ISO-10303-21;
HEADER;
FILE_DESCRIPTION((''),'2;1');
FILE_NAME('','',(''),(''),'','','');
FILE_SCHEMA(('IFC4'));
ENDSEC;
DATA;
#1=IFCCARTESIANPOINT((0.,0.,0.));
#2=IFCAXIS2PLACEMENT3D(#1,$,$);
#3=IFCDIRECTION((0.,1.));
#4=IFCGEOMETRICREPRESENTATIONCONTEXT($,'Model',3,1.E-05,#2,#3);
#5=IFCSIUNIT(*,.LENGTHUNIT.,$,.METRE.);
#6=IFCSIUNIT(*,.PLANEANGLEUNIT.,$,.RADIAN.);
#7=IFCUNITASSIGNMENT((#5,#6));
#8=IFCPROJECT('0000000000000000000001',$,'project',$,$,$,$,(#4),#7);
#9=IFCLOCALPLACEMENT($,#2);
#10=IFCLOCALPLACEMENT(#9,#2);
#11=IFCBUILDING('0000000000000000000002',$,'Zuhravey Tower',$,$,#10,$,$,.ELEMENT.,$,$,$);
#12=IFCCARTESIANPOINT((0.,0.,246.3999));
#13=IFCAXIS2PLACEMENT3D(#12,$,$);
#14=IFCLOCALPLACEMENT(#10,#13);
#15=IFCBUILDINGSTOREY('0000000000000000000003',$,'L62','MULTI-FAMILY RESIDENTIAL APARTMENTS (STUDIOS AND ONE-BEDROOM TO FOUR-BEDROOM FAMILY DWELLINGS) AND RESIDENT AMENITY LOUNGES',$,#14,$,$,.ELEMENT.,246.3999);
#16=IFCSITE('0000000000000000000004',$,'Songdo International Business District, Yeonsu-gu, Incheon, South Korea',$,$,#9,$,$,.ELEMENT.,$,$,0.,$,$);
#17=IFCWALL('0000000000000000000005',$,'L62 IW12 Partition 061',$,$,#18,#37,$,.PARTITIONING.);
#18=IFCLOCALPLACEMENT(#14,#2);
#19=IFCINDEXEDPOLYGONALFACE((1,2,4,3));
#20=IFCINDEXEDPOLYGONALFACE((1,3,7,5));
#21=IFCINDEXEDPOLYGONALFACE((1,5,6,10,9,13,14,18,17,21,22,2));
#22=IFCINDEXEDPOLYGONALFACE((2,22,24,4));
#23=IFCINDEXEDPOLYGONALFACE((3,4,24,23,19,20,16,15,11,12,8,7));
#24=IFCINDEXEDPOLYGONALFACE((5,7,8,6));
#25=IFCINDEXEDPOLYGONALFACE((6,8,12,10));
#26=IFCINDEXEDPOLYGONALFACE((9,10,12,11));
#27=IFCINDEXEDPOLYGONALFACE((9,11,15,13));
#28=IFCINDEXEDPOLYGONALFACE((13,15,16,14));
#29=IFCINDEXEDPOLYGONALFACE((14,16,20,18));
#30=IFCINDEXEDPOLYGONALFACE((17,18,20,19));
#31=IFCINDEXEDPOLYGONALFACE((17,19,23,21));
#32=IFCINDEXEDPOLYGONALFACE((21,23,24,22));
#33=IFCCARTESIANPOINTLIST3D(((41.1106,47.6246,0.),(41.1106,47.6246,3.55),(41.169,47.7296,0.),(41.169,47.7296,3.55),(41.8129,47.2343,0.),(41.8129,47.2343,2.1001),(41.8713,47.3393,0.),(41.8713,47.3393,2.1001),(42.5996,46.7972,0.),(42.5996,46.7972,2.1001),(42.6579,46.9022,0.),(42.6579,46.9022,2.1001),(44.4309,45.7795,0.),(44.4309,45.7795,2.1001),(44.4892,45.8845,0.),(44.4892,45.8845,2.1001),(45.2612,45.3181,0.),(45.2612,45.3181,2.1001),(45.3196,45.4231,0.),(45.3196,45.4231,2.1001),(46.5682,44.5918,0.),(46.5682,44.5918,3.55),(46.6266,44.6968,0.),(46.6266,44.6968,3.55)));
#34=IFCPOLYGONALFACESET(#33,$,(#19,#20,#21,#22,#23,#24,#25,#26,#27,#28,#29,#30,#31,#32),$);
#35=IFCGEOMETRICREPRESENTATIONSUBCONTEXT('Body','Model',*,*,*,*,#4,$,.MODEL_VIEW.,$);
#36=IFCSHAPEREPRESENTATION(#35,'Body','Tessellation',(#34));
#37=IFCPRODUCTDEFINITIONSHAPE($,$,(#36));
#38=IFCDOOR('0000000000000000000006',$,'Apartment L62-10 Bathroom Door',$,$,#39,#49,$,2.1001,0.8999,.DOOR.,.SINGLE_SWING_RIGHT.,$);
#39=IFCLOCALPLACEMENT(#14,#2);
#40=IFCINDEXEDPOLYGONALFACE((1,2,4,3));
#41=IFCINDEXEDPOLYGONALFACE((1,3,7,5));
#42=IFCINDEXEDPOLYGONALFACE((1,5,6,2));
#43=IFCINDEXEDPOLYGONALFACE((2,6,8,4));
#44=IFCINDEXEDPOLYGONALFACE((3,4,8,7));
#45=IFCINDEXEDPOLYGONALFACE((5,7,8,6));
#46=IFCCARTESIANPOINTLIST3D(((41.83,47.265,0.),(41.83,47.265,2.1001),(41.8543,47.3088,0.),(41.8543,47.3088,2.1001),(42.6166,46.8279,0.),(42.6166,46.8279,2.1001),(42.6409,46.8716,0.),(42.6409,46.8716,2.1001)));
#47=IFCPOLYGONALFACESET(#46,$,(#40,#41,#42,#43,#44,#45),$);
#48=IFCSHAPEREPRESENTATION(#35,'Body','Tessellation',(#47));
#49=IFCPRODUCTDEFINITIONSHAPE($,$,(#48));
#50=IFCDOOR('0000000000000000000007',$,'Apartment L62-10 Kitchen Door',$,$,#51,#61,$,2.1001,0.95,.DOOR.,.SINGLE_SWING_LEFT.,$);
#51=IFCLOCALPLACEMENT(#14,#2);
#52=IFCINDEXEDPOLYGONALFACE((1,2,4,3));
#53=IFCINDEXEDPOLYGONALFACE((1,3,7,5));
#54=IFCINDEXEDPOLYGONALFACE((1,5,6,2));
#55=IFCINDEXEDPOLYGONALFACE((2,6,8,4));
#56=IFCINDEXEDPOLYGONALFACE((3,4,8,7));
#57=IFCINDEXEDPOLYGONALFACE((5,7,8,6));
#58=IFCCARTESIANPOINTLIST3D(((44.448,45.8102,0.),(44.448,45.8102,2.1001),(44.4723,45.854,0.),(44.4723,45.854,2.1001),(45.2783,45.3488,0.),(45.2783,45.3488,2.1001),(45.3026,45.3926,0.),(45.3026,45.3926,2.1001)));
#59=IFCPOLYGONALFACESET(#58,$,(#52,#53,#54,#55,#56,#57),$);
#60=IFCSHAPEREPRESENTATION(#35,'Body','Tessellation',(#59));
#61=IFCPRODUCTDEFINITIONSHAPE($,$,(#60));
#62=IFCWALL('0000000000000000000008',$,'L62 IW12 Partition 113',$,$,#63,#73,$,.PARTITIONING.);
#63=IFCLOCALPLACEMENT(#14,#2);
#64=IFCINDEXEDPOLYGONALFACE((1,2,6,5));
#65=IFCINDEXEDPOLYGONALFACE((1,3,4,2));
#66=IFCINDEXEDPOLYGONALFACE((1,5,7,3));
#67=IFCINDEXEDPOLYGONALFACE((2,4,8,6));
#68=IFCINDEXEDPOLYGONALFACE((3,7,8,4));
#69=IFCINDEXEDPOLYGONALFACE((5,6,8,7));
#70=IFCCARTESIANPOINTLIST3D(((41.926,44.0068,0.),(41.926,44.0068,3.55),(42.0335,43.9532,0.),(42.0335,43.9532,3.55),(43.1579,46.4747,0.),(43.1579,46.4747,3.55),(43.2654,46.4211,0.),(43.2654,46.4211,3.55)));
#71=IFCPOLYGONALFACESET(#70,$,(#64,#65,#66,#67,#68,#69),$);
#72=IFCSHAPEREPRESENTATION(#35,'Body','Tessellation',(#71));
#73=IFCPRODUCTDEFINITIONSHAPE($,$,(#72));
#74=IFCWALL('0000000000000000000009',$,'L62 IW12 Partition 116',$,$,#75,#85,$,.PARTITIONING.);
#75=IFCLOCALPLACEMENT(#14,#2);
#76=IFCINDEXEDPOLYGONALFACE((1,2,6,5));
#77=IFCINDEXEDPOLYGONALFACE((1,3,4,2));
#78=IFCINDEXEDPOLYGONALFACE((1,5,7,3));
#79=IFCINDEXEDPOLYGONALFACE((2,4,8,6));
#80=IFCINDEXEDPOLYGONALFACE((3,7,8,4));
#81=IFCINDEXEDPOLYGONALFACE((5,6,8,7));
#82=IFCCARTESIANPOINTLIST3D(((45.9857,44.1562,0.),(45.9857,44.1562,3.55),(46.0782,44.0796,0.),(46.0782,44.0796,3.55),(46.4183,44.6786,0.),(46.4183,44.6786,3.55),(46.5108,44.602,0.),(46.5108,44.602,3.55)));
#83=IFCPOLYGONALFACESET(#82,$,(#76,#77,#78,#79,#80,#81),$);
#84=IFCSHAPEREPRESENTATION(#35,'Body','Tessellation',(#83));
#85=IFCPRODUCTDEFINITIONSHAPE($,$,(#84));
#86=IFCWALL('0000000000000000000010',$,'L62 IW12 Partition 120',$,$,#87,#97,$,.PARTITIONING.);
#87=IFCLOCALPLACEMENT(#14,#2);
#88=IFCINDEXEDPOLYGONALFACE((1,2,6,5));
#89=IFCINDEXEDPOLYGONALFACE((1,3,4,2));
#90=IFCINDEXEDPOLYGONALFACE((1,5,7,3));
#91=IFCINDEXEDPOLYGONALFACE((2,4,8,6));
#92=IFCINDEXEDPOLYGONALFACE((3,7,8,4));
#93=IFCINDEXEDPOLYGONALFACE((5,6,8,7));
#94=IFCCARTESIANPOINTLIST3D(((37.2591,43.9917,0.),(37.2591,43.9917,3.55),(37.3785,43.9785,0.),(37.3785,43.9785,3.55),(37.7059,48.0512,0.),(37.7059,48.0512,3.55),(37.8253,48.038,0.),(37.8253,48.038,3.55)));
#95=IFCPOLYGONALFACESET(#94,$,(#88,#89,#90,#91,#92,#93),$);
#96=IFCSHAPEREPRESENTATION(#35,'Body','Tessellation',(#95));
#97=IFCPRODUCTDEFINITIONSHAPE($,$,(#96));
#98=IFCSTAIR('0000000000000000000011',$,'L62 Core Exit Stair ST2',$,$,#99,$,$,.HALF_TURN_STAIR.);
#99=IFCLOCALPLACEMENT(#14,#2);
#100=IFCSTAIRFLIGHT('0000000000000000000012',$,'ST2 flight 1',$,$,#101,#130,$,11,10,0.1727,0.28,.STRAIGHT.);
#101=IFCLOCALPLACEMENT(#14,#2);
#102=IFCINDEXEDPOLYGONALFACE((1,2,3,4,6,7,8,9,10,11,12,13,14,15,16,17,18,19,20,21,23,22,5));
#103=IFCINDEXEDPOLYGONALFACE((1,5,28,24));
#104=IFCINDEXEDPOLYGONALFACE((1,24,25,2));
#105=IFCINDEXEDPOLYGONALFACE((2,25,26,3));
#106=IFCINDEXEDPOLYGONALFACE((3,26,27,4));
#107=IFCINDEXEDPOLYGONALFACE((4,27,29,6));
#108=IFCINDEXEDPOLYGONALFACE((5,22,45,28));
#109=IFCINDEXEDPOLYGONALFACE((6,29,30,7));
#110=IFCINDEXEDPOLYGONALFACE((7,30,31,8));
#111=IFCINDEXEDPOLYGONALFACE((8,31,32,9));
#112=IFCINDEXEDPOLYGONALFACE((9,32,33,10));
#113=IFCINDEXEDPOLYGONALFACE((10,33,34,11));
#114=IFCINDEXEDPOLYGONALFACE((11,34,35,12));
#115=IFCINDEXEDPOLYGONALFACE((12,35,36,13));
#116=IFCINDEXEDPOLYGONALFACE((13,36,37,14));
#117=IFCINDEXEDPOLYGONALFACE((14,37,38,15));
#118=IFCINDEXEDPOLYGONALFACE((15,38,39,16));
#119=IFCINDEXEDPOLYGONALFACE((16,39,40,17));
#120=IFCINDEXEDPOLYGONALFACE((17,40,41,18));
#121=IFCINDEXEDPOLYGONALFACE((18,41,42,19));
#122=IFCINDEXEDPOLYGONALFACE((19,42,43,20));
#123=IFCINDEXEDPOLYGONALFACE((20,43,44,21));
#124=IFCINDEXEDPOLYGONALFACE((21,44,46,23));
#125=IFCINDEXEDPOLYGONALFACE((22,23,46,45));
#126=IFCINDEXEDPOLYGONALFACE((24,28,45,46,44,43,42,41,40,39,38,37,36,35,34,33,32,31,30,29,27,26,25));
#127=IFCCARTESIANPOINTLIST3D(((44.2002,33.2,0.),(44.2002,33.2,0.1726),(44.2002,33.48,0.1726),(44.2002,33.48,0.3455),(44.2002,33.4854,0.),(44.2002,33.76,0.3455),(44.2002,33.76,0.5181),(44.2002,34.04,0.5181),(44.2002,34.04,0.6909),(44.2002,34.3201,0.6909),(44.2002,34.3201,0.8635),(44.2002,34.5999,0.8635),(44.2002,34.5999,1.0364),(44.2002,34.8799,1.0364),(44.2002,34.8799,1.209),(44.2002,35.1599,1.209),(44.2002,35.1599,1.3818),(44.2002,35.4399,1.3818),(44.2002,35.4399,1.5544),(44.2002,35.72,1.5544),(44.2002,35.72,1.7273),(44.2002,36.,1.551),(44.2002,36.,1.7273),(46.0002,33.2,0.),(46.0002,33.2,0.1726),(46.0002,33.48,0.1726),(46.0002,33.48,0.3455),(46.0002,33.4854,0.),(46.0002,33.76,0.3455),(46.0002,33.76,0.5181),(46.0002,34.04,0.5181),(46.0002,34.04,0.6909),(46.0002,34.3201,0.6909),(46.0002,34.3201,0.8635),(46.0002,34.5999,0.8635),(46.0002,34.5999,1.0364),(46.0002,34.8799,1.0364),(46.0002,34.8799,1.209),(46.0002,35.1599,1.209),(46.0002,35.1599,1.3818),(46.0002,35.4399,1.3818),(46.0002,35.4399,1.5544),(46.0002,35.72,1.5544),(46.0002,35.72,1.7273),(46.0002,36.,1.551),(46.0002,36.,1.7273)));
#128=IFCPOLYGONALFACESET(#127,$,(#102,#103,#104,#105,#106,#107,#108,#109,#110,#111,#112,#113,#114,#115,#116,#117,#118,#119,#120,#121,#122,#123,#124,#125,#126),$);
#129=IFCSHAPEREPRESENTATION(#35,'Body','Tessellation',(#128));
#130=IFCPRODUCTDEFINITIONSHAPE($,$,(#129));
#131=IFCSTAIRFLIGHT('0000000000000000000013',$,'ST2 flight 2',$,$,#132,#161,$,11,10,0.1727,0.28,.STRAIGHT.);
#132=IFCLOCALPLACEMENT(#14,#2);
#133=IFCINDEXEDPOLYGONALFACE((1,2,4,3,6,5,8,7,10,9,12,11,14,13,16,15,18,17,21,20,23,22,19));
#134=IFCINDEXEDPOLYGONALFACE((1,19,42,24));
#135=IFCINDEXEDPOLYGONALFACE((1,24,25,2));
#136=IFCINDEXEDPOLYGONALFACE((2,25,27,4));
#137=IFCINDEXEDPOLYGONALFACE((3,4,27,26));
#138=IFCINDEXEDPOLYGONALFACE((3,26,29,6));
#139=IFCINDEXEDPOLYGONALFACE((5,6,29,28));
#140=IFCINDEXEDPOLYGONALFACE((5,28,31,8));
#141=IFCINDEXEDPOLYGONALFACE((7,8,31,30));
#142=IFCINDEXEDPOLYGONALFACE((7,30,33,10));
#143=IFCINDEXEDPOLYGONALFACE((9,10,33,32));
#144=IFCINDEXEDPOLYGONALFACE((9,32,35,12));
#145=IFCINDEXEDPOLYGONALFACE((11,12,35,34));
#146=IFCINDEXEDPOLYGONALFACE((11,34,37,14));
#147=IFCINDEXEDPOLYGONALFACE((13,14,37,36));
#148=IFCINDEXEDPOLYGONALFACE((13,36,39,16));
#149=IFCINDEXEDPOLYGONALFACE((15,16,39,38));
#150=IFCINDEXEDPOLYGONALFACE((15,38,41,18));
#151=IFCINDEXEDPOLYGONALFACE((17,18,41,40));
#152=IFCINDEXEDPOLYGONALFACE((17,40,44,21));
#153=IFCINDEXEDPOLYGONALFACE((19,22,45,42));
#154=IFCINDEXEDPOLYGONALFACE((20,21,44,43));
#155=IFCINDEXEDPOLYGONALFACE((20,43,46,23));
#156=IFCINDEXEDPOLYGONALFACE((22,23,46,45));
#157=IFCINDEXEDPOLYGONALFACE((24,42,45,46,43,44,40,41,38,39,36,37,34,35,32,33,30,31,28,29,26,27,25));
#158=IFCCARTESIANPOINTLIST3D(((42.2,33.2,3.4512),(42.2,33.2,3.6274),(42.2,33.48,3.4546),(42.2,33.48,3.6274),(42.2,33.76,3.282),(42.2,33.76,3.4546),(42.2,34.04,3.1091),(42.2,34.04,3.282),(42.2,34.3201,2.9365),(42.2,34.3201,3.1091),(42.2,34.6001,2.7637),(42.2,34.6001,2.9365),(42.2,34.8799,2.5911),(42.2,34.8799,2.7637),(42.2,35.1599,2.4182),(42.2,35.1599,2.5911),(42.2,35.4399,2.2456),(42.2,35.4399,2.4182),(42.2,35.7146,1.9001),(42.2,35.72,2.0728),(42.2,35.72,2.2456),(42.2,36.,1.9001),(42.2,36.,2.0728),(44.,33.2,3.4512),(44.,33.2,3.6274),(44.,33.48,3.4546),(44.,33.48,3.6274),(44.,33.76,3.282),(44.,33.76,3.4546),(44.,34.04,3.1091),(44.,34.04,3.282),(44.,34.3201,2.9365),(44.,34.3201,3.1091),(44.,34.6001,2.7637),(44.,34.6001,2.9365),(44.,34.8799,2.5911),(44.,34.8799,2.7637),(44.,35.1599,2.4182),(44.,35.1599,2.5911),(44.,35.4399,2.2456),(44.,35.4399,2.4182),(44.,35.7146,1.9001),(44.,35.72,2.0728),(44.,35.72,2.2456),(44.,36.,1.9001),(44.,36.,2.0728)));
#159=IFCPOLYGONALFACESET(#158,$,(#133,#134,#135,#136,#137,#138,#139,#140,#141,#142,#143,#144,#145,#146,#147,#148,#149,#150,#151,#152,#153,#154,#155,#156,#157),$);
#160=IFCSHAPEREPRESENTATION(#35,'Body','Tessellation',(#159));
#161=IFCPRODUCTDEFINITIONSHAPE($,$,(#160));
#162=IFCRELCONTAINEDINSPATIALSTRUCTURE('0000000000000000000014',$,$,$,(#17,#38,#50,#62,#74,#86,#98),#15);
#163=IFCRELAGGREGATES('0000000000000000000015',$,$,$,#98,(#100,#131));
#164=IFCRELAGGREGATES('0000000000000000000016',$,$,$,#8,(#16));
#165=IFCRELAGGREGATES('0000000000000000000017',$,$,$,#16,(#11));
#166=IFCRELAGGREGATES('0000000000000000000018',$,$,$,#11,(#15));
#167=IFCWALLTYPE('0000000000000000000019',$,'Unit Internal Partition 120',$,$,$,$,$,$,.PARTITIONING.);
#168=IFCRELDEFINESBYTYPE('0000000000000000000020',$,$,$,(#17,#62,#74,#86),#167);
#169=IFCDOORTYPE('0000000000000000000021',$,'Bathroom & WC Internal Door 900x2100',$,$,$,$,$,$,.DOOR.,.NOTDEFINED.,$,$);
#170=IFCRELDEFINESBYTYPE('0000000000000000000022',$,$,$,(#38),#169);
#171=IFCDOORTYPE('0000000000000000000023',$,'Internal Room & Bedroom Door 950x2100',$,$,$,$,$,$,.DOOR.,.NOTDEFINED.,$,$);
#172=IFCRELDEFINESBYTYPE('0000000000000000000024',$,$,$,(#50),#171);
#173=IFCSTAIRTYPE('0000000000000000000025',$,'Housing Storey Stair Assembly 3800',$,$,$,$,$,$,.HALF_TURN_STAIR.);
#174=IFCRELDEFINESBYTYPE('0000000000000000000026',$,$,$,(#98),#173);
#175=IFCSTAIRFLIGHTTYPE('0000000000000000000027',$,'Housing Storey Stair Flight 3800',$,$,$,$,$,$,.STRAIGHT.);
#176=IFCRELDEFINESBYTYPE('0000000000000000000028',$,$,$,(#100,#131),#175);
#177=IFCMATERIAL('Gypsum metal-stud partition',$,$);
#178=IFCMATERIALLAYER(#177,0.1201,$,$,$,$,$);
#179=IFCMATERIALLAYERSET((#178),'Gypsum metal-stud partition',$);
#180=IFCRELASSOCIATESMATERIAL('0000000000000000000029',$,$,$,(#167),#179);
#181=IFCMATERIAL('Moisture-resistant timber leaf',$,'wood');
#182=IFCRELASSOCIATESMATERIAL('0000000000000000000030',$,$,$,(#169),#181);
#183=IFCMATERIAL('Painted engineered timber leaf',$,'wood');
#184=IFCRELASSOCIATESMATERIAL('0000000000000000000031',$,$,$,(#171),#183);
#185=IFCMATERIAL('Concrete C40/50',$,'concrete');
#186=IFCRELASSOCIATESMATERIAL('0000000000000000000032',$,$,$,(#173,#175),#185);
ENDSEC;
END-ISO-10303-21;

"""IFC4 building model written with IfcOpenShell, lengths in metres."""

from ifc_helpers import new_model, si_unit, direction, frame, frame_2d, origin, place, context, subcontext, project, spatial, polyline, rectangle, outline, extrude, material, layer, layer_set, type_object, element, fill, aggregate, save


model = new_model("IFC4")

# Units and contexts
model_context = context("Model", 3, precision=1e-05, world=origin(), true_north=direction((0.0, 1.0)))
body_context = subcontext(model_context, "Body", "Model", "MODEL_VIEW")
ifc_project = project(units=[si_unit("LENGTHUNIT", "METRE"), si_unit("PLANEANGLEUNIT", "RADIAN")], contexts=[model_context])

# Site, building, storey
site_placement = place(None, origin())
site = spatial("IfcSite", under=ifc_project, at=site_placement, Name="Songdo International Business District, Yeonsu-gu, Incheon, South Korea", CompositionType="ELEMENT", RefElevation=0.0)
building_placement = place(site_placement, origin())
building = spatial("IfcBuilding", under=site, at=building_placement, Name="Zuhravey Tower", CompositionType="ELEMENT")
storey_placement = place(building_placement, frame((0.0, 0.0, 246.3999)))
storey = spatial("IfcBuildingStorey", under=building, at=storey_placement, Name="L62", Description="MULTI-FAMILY RESIDENTIAL APARTMENTS (STUDIOS AND ONE-BEDROOM TO FOUR-BEDROOM FAMILY DWELLINGS) AND RESIDENT AMENITY LOUNGES", CompositionType="ELEMENT", Elevation=246.3999)

# Wall, openings, doors
ifc_material_1 = material(Name="Gypsum metal-stud partition")
ifc_layer_1 = layer(ifc_material_1, 0.1201)
ifc_layer_set_1 = layer_set([ifc_layer_1], Name="Gypsum metal-stud partition")
wall_type_1 = type_object("IfcWallType", Name="Unit Internal Partition 120", PredefinedType="PARTITIONING", material=ifc_layer_set_1)
wall_1_placement = place(storey_placement, frame((46.5974, 44.6443, 0.0), z_axis=(0.0, 0.0, 1.0), x_axis=(-0.874106, 0.485736, 0.0)))
wall_1 = element("IfcWall", 1, at=wall_1_placement, inside=storey, type_object=wall_type_1, Name="L62 IW12 Partition 061", PredefinedType="PARTITIONING", context=body_context, shape_type="SweptSolid", body=[
    extrude(rectangle(XDim=6.2437, YDim=0.1201, at=frame_2d((3.1218, 0.0))), origin(), (0.0, 0.0, 1.0), 3.55),
])
opening_1_placement = place(wall_1_placement, frame((1.4951, 0.0, 0.0)))
opening_1 = element("IfcOpeningElement", 2, at=opening_1_placement, cuts=wall_1, PredefinedType="OPENING", context=body_context, shape_type="SweptSolid", body=[
    extrude(rectangle(XDim=0.95, YDim=2.1001, at=frame_2d((0.4751, 1.05))), frame((0.0, 0.072, 0.0), z_axis=(0.0, -1.0, 0.0), x_axis=(1.0, 0.0, 0.0)), (0.0, 0.0, 1.0), 0.144),
])
opening_2_placement = place(wall_1_placement, frame((4.5403, 0.0, 0.0)))
opening_2 = element("IfcOpeningElement", 3, at=opening_2_placement, cuts=wall_1, PredefinedType="OPENING", context=body_context, shape_type="SweptSolid", body=[
    extrude(rectangle(XDim=0.8999, YDim=2.1001, at=frame_2d((0.45, 1.05))), frame((0.0, 0.072, 0.0), z_axis=(0.0, -1.0, 0.0), x_axis=(1.0, 0.0, 0.0)), (0.0, 0.0, 1.0), 0.144),
])
ifc_material_2 = material(Name="Moisture-resistant timber leaf", Category="wood")
door_type_1 = type_object("IfcDoorType", Name="Bathroom & WC Internal Door 900x2100", OperationType="NOTDEFINED", PredefinedType="DOOR", material=ifc_material_2)
door_1_placement = place(opening_2_placement, origin())
door_1 = element("IfcDoor", 4, at=door_1_placement, inside=storey, type_object=door_type_1, Name="Apartment L62-10 Bathroom Door", OperationType="SINGLE_SWING_RIGHT", OverallHeight=2.1001, OverallWidth=0.8999, PredefinedType="DOOR", context=body_context, shape_type="SweptSolid", body=[
    extrude(rectangle(XDim=0.8999, YDim=2.1001, at=frame_2d((0.45, 1.05))), frame((0.0, 0.0249, 0.0), z_axis=(0.0, -1.0, 0.0), x_axis=(1.0, 0.0, 0.0)), (0.0, 0.0, 1.0), 0.05),
])
fill(opening_2, door_1)
ifc_material_3 = material(Name="Painted engineered timber leaf", Category="wood")
door_type_2 = type_object("IfcDoorType", Name="Internal Room & Bedroom Door 950x2100", OperationType="NOTDEFINED", PredefinedType="DOOR", material=ifc_material_3)
door_2_placement = place(opening_1_placement, origin())
door_2 = element("IfcDoor", 5, at=door_2_placement, inside=storey, type_object=door_type_2, Name="Apartment L62-10 Kitchen Door", OperationType="SINGLE_SWING_LEFT", OverallHeight=2.1001, OverallWidth=0.95, PredefinedType="DOOR", context=body_context, shape_type="SweptSolid", body=[
    extrude(rectangle(XDim=0.95, YDim=2.1001, at=frame_2d((0.4751, 1.05))), frame((0.0, 0.0249, 0.0), z_axis=(0.0, -1.0, 0.0), x_axis=(1.0, 0.0, 0.0)), (0.0, 0.0, 1.0), 0.05),
])
fill(opening_1, door_2)

# Walls
wall_2_placement = place(storey_placement, frame((41.9797, 43.98, 0.0), z_axis=(0.0, 0.0, 1.0), x_axis=(0.446612, 0.894728, 0.0)))
element("IfcWall", 6, at=wall_2_placement, inside=storey, type_object=wall_type_1, Name="L62 IW12 Partition 113", PredefinedType="PARTITIONING", context=body_context, shape_type="SweptSolid", body=[
    extrude(rectangle(XDim=2.7583, YDim=0.1201, at=frame_2d((1.3792, 0.0))), origin(), (0.0, 0.0, 1.0), 3.55),
])
wall_3_placement = place(storey_placement, frame((46.032, 44.1179, 0.0), z_axis=(0.0, 0.0, 1.0), x_axis=(0.637774, 0.770224, 0.0)))
element("IfcWall", 7, at=wall_3_placement, inside=storey, type_object=wall_type_1, Name="L62 IW12 Partition 116", PredefinedType="PARTITIONING", context=body_context, shape_type="SweptSolid", body=[
    extrude(rectangle(XDim=0.6782, YDim=0.1201, at=frame_2d((0.3391, 0.0))), origin(), (0.0, 0.0, 1.0), 3.55),
])
wall_4_placement = place(storey_placement, frame((37.3188, 43.9851, 0.0), z_axis=(0.0, 0.0, 1.0), x_axis=(0.109395, 0.993998, 0.0)))
element("IfcWall", 8, at=wall_4_placement, inside=storey, type_object=wall_type_1, Name="L62 IW12 Partition 120", PredefinedType="PARTITIONING", context=body_context, shape_type="SweptSolid", body=[
    extrude(rectangle(XDim=4.084, YDim=0.1201, at=frame_2d((2.042, 0.0))), origin(), (0.0, 0.0, 1.0), 3.55),
])

# Stair, stair flights
ifc_material_4 = material(Name="Concrete C40/50", Category="concrete")
stair_type = type_object("IfcStairType", Name="Housing Storey Stair Assembly 3800", PredefinedType="HALF_TURN_STAIR", material=ifc_material_4)
stair_placement = place(storey_placement, origin())
stair = element("IfcStair", 9, at=stair_placement, inside=storey, type_object=stair_type, Name="L62 Core Exit Stair ST2", PredefinedType="HALF_TURN_STAIR")
stair_flight_type = type_object("IfcStairFlightType", Name="Housing Storey Stair Flight 3800", PredefinedType="STRAIGHT", material=ifc_material_4)
stair_flight_1_placement = place(storey_placement, frame((45.1001, 33.2, 0.0), z_axis=(0.0, 0.0, 1.0), x_axis=(0.0, 1.0, 0.0)))
stair_flight_1 = element("IfcStairFlight", 10, at=stair_flight_1_placement, type_object=stair_flight_type, Name="ST2 flight 1", NumberOfRisers=11, NumberOfTreads=10, PredefinedType="STRAIGHT", RiserHeight=0.1727, TreadLength=0.28, context=body_context, shape_type="SweptSolid", body=[
    extrude(outline(polyline([(0.0, 0.0), (0.0, 0.1726), (0.28, 0.1726), (0.28, 0.3455), (0.5601, 0.3455), (0.5601, 0.5181), (0.8401, 0.5181), (0.8401, 0.6909), (1.1201, 0.6909), (1.1201, 0.8635), (1.3999, 0.8635), (1.3999, 1.0364), (1.6799, 1.0364), (1.6799, 1.209), (1.96, 1.209), (1.96, 1.3818), (2.24, 1.3818), (2.24, 1.5544), (2.52, 1.5544), (2.52, 1.7273), (2.8, 1.7273), (2.8, 1.8999), (2.8, 1.551), (0.2854, 0.0), (0.0, 0.0)])), frame((0.0, 0.8999, 0.0), z_axis=(0.0, -1.0, 0.0), x_axis=(1.0, 0.0, 0.0)), (0.0, 0.0, 1.0), 1.8),
])
stair_flight_2_placement = place(storey_placement, frame((43.1001, 36.0, 1.9001), z_axis=(0.0, 0.0, 1.0), x_axis=(0.0, -1.0, 0.0)))
stair_flight_2 = element("IfcStairFlight", 11, at=stair_flight_2_placement, type_object=stair_flight_type, Name="ST2 flight 2", NumberOfRisers=11, NumberOfTreads=10, PredefinedType="STRAIGHT", RiserHeight=0.1727, TreadLength=0.28, context=body_context, shape_type="SweptSolid", body=[
    extrude(outline(polyline([(0.0, 0.0), (0.0, 0.1726), (0.28, 0.1726), (0.28, 0.3455), (0.5601, 0.3455), (0.5601, 0.5181), (0.8401, 0.5181), (0.8401, 0.6909), (1.1201, 0.6909), (1.1201, 0.8635), (1.3999, 0.8635), (1.3999, 1.0364), (1.6799, 1.0364), (1.6799, 1.209), (1.96, 1.209), (1.96, 1.3818), (2.24, 1.3818), (2.24, 1.5544), (2.52, 1.5544), (2.52, 1.7273), (2.8, 1.7273), (2.8, 1.8999), (2.8, 1.551), (0.2854, 0.0), (0.0, 0.0)])), frame((0.0, 0.8999, 0.0), z_axis=(0.0, -1.0, 0.0), x_axis=(1.0, 0.0, 0.0)), (0.0, 0.0, 1.0), 1.8),
])
aggregate(stair, [stair_flight_1, stair_flight_2])

save(model, "model.ifc")
